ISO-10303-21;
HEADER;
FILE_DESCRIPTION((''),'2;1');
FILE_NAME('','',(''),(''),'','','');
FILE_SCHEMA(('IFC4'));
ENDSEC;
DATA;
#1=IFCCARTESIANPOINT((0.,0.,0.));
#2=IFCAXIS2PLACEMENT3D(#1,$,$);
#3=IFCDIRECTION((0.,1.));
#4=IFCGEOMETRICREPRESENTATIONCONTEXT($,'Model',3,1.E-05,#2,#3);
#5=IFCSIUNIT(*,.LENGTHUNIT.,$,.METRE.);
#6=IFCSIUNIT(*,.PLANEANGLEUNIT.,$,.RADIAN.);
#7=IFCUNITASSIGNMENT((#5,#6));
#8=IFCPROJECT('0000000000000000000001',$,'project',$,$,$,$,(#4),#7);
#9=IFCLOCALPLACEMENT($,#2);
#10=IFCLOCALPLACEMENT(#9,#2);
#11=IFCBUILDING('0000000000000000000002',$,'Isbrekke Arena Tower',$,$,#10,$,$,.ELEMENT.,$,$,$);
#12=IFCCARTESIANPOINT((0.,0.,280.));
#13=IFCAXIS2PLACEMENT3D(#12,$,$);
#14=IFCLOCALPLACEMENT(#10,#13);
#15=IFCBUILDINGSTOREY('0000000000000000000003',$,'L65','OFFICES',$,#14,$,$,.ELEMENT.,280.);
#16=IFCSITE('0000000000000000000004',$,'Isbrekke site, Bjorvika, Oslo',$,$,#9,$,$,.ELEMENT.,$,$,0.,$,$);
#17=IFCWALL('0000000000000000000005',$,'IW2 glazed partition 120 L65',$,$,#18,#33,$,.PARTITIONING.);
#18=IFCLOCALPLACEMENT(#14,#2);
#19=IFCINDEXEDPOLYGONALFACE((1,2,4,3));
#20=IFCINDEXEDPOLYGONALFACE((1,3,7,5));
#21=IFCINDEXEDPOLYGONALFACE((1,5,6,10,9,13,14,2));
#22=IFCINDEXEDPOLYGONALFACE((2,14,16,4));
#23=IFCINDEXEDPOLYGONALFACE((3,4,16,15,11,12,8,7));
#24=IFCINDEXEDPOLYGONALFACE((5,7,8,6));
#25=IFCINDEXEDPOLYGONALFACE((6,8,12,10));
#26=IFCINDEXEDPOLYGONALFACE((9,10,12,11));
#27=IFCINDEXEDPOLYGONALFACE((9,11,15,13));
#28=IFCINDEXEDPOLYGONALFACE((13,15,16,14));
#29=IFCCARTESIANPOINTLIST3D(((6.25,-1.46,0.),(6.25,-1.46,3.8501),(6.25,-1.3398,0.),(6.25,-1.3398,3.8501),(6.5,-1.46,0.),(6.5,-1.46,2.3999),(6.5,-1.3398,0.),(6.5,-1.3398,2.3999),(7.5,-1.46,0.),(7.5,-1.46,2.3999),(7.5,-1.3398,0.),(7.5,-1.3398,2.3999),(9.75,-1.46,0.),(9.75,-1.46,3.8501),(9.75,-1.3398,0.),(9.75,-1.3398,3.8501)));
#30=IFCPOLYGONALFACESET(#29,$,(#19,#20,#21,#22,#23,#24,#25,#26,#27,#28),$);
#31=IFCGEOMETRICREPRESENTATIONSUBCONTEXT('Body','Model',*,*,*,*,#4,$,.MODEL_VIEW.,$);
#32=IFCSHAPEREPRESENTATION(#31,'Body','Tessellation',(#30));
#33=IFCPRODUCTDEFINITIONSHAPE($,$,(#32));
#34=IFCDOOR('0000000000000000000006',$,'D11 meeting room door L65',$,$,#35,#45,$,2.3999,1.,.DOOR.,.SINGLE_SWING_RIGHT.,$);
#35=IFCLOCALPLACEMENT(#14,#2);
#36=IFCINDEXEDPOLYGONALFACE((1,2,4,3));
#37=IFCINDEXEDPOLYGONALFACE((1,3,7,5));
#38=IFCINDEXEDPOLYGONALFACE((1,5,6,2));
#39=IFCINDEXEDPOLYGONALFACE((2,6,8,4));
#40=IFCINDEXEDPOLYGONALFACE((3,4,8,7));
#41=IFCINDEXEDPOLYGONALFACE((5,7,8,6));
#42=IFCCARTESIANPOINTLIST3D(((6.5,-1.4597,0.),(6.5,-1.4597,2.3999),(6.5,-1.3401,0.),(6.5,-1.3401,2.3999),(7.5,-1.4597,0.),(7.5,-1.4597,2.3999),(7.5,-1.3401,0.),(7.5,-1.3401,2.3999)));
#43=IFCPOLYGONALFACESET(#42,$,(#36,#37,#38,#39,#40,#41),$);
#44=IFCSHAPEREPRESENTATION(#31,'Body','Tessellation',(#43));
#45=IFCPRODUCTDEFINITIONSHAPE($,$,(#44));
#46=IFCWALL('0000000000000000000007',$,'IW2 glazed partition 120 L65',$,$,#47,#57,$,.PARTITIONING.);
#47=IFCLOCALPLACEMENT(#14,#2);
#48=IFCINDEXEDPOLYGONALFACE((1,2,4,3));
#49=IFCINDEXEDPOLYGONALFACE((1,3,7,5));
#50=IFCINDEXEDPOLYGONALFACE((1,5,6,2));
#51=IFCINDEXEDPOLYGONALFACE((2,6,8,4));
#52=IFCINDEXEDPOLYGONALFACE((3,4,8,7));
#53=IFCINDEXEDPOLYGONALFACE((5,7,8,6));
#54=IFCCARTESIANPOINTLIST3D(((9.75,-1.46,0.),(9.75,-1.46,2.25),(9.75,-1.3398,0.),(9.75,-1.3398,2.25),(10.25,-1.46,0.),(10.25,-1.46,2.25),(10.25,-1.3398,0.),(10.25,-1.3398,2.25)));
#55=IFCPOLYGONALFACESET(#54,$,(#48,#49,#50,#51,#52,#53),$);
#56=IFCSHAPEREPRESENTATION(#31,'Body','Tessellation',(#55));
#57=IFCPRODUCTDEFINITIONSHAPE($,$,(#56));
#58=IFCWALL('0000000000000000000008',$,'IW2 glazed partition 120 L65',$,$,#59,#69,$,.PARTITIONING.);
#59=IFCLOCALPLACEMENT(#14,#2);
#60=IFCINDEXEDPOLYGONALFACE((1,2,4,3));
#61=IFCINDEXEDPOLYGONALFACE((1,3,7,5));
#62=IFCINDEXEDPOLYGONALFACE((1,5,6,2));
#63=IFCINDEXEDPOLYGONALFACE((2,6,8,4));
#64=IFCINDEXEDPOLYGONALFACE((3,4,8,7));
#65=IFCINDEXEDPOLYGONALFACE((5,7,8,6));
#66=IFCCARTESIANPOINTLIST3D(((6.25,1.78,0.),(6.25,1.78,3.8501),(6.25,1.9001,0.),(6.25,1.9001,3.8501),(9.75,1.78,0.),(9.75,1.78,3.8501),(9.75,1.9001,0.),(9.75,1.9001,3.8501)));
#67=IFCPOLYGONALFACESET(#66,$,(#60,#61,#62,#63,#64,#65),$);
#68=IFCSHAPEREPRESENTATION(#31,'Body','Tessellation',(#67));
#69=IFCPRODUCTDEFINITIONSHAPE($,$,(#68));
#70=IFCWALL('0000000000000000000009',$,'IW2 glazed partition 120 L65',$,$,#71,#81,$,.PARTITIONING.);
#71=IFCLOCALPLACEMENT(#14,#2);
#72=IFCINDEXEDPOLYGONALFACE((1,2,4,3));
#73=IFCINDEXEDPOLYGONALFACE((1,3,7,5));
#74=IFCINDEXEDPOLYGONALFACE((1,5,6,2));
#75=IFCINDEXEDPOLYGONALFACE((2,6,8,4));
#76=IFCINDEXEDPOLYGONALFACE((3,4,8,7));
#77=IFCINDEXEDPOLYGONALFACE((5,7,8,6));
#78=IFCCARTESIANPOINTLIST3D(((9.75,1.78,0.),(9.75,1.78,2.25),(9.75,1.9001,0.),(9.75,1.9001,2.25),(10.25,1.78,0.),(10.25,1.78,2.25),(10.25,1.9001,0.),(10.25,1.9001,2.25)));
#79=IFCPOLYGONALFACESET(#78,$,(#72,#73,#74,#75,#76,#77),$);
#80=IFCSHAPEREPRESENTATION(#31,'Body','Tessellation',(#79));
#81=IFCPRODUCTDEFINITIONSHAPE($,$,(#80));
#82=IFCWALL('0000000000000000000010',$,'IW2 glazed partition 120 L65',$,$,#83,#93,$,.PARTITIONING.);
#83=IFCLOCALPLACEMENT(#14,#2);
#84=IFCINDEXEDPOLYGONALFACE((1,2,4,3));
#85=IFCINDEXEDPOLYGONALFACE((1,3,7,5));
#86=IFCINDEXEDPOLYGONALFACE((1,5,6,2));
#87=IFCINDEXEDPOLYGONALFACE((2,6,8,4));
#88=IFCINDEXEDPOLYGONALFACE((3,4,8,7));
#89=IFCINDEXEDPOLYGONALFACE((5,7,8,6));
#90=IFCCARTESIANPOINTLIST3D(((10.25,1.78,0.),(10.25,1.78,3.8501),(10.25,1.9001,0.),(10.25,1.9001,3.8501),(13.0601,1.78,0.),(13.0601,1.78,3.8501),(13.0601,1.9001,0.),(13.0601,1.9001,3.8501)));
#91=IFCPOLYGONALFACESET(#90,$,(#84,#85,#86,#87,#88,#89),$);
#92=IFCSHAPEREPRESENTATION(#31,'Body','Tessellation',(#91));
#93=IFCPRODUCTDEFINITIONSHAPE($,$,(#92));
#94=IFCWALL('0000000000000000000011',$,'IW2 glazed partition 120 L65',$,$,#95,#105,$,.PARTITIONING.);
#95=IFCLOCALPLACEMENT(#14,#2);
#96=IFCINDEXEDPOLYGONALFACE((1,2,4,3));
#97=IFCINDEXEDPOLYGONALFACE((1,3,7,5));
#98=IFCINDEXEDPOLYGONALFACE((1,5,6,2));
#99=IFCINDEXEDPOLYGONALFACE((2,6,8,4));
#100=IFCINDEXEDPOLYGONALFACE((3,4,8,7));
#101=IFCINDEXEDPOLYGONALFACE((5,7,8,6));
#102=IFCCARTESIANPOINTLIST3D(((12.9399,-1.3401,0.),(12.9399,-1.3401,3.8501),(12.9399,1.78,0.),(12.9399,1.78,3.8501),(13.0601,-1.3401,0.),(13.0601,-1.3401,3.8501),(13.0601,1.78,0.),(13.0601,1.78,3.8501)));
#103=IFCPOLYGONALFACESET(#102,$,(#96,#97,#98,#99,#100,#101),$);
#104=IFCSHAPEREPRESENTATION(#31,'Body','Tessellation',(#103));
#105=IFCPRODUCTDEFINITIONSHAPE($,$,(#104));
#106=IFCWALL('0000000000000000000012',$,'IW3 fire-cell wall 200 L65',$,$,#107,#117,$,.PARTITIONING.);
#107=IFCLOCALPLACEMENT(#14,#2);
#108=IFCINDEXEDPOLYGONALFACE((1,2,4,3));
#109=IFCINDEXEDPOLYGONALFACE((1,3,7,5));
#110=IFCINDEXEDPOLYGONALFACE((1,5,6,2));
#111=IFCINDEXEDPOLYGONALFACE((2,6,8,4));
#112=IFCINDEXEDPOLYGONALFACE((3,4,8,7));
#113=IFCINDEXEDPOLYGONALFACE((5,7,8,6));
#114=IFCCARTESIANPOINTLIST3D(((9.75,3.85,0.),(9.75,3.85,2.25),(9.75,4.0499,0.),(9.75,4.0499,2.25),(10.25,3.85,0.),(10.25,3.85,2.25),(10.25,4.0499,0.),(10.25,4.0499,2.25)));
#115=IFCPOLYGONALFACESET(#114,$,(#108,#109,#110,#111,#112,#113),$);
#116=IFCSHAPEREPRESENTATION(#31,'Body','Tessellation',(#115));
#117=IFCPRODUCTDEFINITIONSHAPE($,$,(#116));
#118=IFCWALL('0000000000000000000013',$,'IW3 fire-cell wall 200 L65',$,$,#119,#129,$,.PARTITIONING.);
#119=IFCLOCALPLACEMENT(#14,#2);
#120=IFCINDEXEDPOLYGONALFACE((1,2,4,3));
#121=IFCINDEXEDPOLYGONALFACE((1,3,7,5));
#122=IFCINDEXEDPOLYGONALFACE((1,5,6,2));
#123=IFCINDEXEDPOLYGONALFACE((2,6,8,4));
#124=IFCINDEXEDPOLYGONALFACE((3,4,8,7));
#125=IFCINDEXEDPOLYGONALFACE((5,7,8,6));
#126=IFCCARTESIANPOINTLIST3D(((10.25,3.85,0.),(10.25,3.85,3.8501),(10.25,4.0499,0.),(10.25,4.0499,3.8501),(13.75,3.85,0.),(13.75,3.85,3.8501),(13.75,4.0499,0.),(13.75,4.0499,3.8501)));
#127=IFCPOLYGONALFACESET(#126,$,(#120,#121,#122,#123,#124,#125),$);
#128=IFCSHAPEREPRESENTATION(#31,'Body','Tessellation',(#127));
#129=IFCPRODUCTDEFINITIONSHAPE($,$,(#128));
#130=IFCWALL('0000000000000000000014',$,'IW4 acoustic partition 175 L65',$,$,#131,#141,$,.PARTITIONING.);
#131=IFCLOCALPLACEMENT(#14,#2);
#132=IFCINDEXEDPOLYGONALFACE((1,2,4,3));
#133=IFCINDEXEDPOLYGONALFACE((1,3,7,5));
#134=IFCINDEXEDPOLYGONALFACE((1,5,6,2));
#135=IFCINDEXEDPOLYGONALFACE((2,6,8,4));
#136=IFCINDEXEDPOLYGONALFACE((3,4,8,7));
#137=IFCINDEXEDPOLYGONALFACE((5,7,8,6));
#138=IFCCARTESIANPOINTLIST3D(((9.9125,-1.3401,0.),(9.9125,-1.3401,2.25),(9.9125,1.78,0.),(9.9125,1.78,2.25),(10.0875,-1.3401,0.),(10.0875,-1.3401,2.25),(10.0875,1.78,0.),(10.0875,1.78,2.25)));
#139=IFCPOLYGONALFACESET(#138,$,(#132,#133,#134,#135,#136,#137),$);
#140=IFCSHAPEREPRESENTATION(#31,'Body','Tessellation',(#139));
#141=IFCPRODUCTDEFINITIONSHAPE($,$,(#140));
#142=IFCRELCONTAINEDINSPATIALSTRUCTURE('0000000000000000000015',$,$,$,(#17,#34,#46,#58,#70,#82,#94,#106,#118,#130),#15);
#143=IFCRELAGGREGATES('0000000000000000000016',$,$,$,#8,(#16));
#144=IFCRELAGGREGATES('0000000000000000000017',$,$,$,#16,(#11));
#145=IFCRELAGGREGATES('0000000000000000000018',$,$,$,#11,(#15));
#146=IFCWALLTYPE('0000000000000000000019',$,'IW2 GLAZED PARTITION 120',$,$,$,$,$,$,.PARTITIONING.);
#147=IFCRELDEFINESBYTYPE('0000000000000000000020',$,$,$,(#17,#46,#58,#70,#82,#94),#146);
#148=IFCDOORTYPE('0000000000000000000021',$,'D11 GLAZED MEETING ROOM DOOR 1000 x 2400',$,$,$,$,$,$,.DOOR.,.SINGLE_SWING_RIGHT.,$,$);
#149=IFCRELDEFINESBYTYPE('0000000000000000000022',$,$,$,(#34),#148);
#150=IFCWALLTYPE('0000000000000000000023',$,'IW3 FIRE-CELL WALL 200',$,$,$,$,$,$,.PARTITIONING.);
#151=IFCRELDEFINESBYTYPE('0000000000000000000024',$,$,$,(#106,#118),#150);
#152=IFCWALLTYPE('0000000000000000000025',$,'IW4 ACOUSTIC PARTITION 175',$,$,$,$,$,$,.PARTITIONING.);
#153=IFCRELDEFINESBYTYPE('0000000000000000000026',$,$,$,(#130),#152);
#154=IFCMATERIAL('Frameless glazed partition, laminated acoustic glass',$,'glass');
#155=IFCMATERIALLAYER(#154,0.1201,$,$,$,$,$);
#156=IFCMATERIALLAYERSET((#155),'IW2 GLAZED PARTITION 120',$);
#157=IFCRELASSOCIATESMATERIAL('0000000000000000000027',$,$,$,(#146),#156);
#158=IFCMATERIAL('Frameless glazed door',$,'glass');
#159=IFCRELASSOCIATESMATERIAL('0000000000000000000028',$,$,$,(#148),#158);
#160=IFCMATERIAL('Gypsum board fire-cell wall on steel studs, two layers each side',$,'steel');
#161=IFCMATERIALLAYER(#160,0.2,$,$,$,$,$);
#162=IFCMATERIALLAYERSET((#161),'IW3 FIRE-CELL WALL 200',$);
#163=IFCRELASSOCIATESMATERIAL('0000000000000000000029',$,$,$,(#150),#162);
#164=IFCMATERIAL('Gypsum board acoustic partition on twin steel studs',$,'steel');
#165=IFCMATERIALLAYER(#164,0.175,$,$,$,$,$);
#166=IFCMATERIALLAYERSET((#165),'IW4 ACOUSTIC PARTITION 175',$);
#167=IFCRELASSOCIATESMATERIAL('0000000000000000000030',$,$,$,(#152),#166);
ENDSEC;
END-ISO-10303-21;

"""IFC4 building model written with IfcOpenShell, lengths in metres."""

from ifc_helpers import new_model, si_unit, direction, frame, frame_2d, origin, place, context, subcontext, project, spatial, rectangle, extrude, material, layer, layer_set, type_object, element, fill, save


model = new_model("IFC4")

# Units and contexts
model_context = context("Model", 3, precision=1e-05, world=origin(), true_north=direction((0.0, 1.0)))
body_context = subcontext(model_context, "Body", "Model", "MODEL_VIEW")
ifc_project = project(units=[si_unit("LENGTHUNIT", "METRE"), si_unit("PLANEANGLEUNIT", "RADIAN")], contexts=[model_context])

# Site, building, storey
site_placement = place(None, origin())
site = spatial("IfcSite", under=ifc_project, at=site_placement, Name="Isbrekke site, Bjorvika, Oslo", CompositionType="ELEMENT", RefElevation=0.0)
building_placement = place(site_placement, origin())
building = spatial("IfcBuilding", under=site, at=building_placement, Name="Isbrekke Arena Tower", CompositionType="ELEMENT")
storey_placement = place(building_placement, frame((0.0, 0.0, 280.0)))
storey = spatial("IfcBuildingStorey", under=building, at=storey_placement, Name="L65", Description="OFFICES", CompositionType="ELEMENT", Elevation=280.0)

# Wall, opening, door
ifc_material_1 = material(Name="Frameless glazed partition, laminated acoustic glass", Category="glass")
ifc_layer_1 = layer(ifc_material_1, 0.1201)
ifc_layer_set_1 = layer_set([ifc_layer_1], Name="IW2 GLAZED PARTITION 120")
wall_type_1 = type_object("IfcWallType", Name="IW2 GLAZED PARTITION 120", PredefinedType="PARTITIONING", material=ifc_layer_set_1)
wall_1_placement = place(storey_placement, frame((6.25, -1.3999, 0.0), z_axis=(0.0, 0.0, 1.0), x_axis=(1.0, 0.0, 0.0)))
wall_1 = element("IfcWall", 1, at=wall_1_placement, inside=storey, type_object=wall_type_1, Name="IW2 glazed partition 120 L65", PredefinedType="PARTITIONING", context=body_context, shape_type="SweptSolid", body=[
    extrude(rectangle(XDim=3.5, YDim=0.1201, at=frame_2d((1.75, 0.0))), origin(), (0.0, 0.0, 1.0), 3.8501),
])
opening_1_placement = place(wall_1_placement, frame((0.25, 0.0, 0.0)))
opening_1 = element("IfcOpeningElement", 2, at=opening_1_placement, cuts=wall_1, PredefinedType="OPENING", context=body_context, shape_type="SweptSolid", body=[
    extrude(rectangle(XDim=1.0, YDim=2.3999, at=frame_2d((0.5, 1.2))), frame((0.0, 0.075, 0.0), z_axis=(0.0, -1.0, 0.0), x_axis=(1.0, 0.0, 0.0)), (0.0, 0.0, 1.0), 0.1499),
])
ifc_material_2 = material(Name="Frameless glazed door", Category="glass")
door_type_1 = type_object("IfcDoorType", Name="D11 GLAZED MEETING ROOM DOOR 1000 x 2400", OperationType="SINGLE_SWING_RIGHT", PredefinedType="DOOR", material=ifc_material_2)
door_1_placement = place(opening_1_placement, origin())
door_1 = element("IfcDoor", 3, at=door_1_placement, inside=storey, type_object=door_type_1, Name="D11 meeting room door L65", OperationType="SINGLE_SWING_RIGHT", OverallHeight=2.3999, OverallWidth=1.0, PredefinedType="DOOR", context=body_context, shape_type="SweptSolid", body=[
    extrude(rectangle(XDim=1.0, YDim=2.3999, at=frame_2d((0.5, 1.2))), frame((0.0, 0.0598, 0.0), z_axis=(0.0, -1.0, 0.0), x_axis=(1.0, 0.0, 0.0)), (0.0, 0.0, 1.0), 0.1196),
])
fill(opening_1, door_1)

# Wall
wall_2_placement = place(storey_placement, frame((9.75, -1.3999, 0.0), z_axis=(0.0, 0.0, 1.0), x_axis=(1.0, 0.0, 0.0)))
element("IfcWall", 4, at=wall_2_placement, inside=storey, type_object=wall_type_1, Name="IW2 glazed partition 120 L65", PredefinedType="PARTITIONING", context=body_context, shape_type="SweptSolid", body=[
    extrude(rectangle(XDim=0.5, YDim=0.1201, at=frame_2d((0.25, 0.0))), origin(), (0.0, 0.0, 1.0), 2.25),
])

# Walls
wall_3_placement = place(storey_placement, frame((6.25, 1.8401, 0.0), z_axis=(0.0, 0.0, 1.0), x_axis=(1.0, 0.0, 0.0)))
element("IfcWall", 5, at=wall_3_placement, inside=storey, type_object=wall_type_1, Name="IW2 glazed partition 120 L65", PredefinedType="PARTITIONING", context=body_context, shape_type="SweptSolid", body=[
    extrude(rectangle(XDim=3.5, YDim=0.1201, at=frame_2d((1.75, 0.0))), origin(), (0.0, 0.0, 1.0), 3.8501),
])
wall_4_placement = place(storey_placement, frame((9.75, 1.8401, 0.0), z_axis=(0.0, 0.0, 1.0), x_axis=(1.0, 0.0, 0.0)))
element("IfcWall", 6, at=wall_4_placement, inside=storey, type_object=wall_type_1, Name="IW2 glazed partition 120 L65", PredefinedType="PARTITIONING", context=body_context, shape_type="SweptSolid", body=[
    extrude(rectangle(XDim=0.5, YDim=0.1201, at=frame_2d((0.25, 0.0))), origin(), (0.0, 0.0, 1.0), 2.25),
])
wall_5_placement = place(storey_placement, frame((10.25, 1.8401, 0.0), z_axis=(0.0, 0.0, 1.0), x_axis=(1.0, 0.0, 0.0)))
element("IfcWall", 7, at=wall_5_placement, inside=storey, type_object=wall_type_1, Name="IW2 glazed partition 120 L65", PredefinedType="PARTITIONING", context=body_context, shape_type="SweptSolid", body=[
    extrude(rectangle(XDim=2.8101, YDim=0.1201, at=frame_2d((1.405, 0.0))), origin(), (0.0, 0.0, 1.0), 3.8501),
])
wall_6_placement = place(storey_placement, frame((13.0, -1.3401, 0.0), z_axis=(0.0, 0.0, 1.0), x_axis=(0.0, 1.0, 0.0)))
element("IfcWall", 8, at=wall_6_placement, inside=storey, type_object=wall_type_1, Name="IW2 glazed partition 120 L65", PredefinedType="PARTITIONING", context=body_context, shape_type="SweptSolid", body=[
    extrude(rectangle(XDim=3.1201, YDim=0.1201, at=frame_2d((1.5601, 0.0))), origin(), (0.0, 0.0, 1.0), 3.8501),
])

# Shared definitions
ifc_material_3 = material(Name="Gypsum board fire-cell wall on steel studs, two layers each side", Category="steel")
ifc_layer_2 = layer(ifc_material_3, 0.2)
ifc_layer_set_2 = layer_set([ifc_layer_2], Name="IW3 FIRE-CELL WALL 200")
wall_type_2 = type_object("IfcWallType", Name="IW3 FIRE-CELL WALL 200", PredefinedType="PARTITIONING", material=ifc_layer_set_2)

# Walls
wall_7_placement = place(storey_placement, frame((9.75, 3.95, 0.0), z_axis=(0.0, 0.0, 1.0), x_axis=(1.0, 0.0, 0.0)))
element("IfcWall", 9, at=wall_7_placement, inside=storey, type_object=wall_type_2, Name="IW3 fire-cell wall 200 L65", PredefinedType="PARTITIONING", context=body_context, shape_type="SweptSolid", body=[
    extrude(rectangle(XDim=0.5, YDim=0.2, at=frame_2d((0.25, 0.0))), origin(), (0.0, 0.0, 1.0), 2.25),
])
wall_8_placement = place(storey_placement, frame((10.25, 3.95, 0.0), z_axis=(0.0, 0.0, 1.0), x_axis=(1.0, 0.0, 0.0)))
element("IfcWall", 10, at=wall_8_placement, inside=storey, type_object=wall_type_2, Name="IW3 fire-cell wall 200 L65", PredefinedType="PARTITIONING", context=body_context, shape_type="SweptSolid", body=[
    extrude(rectangle(XDim=3.5, YDim=0.2, at=frame_2d((1.75, 0.0))), origin(), (0.0, 0.0, 1.0), 3.8501),
])
ifc_material_4 = material(Name="Gypsum board acoustic partition on twin steel studs", Category="steel")
ifc_layer_3 = layer(ifc_material_4, 0.175)
ifc_layer_set_3 = layer_set([ifc_layer_3], Name="IW4 ACOUSTIC PARTITION 175")
wall_type_3 = type_object("IfcWallType", Name="IW4 ACOUSTIC PARTITION 175", PredefinedType="PARTITIONING", material=ifc_layer_set_3)
wall_9_placement = place(storey_placement, frame((10.0, -1.3401, 0.0), z_axis=(0.0, 0.0, 1.0), x_axis=(0.0, 1.0, 0.0)))
element("IfcWall", 11, at=wall_9_placement, inside=storey, type_object=wall_type_3, Name="IW4 acoustic partition 175 L65", PredefinedType="PARTITIONING", context=body_context, shape_type="SweptSolid", body=[
    extrude(rectangle(XDim=3.1201, YDim=0.175, at=frame_2d((1.5601, 0.0))), origin(), (0.0, 0.0, 1.0), 2.25),
])

save(model, "model.ifc")
